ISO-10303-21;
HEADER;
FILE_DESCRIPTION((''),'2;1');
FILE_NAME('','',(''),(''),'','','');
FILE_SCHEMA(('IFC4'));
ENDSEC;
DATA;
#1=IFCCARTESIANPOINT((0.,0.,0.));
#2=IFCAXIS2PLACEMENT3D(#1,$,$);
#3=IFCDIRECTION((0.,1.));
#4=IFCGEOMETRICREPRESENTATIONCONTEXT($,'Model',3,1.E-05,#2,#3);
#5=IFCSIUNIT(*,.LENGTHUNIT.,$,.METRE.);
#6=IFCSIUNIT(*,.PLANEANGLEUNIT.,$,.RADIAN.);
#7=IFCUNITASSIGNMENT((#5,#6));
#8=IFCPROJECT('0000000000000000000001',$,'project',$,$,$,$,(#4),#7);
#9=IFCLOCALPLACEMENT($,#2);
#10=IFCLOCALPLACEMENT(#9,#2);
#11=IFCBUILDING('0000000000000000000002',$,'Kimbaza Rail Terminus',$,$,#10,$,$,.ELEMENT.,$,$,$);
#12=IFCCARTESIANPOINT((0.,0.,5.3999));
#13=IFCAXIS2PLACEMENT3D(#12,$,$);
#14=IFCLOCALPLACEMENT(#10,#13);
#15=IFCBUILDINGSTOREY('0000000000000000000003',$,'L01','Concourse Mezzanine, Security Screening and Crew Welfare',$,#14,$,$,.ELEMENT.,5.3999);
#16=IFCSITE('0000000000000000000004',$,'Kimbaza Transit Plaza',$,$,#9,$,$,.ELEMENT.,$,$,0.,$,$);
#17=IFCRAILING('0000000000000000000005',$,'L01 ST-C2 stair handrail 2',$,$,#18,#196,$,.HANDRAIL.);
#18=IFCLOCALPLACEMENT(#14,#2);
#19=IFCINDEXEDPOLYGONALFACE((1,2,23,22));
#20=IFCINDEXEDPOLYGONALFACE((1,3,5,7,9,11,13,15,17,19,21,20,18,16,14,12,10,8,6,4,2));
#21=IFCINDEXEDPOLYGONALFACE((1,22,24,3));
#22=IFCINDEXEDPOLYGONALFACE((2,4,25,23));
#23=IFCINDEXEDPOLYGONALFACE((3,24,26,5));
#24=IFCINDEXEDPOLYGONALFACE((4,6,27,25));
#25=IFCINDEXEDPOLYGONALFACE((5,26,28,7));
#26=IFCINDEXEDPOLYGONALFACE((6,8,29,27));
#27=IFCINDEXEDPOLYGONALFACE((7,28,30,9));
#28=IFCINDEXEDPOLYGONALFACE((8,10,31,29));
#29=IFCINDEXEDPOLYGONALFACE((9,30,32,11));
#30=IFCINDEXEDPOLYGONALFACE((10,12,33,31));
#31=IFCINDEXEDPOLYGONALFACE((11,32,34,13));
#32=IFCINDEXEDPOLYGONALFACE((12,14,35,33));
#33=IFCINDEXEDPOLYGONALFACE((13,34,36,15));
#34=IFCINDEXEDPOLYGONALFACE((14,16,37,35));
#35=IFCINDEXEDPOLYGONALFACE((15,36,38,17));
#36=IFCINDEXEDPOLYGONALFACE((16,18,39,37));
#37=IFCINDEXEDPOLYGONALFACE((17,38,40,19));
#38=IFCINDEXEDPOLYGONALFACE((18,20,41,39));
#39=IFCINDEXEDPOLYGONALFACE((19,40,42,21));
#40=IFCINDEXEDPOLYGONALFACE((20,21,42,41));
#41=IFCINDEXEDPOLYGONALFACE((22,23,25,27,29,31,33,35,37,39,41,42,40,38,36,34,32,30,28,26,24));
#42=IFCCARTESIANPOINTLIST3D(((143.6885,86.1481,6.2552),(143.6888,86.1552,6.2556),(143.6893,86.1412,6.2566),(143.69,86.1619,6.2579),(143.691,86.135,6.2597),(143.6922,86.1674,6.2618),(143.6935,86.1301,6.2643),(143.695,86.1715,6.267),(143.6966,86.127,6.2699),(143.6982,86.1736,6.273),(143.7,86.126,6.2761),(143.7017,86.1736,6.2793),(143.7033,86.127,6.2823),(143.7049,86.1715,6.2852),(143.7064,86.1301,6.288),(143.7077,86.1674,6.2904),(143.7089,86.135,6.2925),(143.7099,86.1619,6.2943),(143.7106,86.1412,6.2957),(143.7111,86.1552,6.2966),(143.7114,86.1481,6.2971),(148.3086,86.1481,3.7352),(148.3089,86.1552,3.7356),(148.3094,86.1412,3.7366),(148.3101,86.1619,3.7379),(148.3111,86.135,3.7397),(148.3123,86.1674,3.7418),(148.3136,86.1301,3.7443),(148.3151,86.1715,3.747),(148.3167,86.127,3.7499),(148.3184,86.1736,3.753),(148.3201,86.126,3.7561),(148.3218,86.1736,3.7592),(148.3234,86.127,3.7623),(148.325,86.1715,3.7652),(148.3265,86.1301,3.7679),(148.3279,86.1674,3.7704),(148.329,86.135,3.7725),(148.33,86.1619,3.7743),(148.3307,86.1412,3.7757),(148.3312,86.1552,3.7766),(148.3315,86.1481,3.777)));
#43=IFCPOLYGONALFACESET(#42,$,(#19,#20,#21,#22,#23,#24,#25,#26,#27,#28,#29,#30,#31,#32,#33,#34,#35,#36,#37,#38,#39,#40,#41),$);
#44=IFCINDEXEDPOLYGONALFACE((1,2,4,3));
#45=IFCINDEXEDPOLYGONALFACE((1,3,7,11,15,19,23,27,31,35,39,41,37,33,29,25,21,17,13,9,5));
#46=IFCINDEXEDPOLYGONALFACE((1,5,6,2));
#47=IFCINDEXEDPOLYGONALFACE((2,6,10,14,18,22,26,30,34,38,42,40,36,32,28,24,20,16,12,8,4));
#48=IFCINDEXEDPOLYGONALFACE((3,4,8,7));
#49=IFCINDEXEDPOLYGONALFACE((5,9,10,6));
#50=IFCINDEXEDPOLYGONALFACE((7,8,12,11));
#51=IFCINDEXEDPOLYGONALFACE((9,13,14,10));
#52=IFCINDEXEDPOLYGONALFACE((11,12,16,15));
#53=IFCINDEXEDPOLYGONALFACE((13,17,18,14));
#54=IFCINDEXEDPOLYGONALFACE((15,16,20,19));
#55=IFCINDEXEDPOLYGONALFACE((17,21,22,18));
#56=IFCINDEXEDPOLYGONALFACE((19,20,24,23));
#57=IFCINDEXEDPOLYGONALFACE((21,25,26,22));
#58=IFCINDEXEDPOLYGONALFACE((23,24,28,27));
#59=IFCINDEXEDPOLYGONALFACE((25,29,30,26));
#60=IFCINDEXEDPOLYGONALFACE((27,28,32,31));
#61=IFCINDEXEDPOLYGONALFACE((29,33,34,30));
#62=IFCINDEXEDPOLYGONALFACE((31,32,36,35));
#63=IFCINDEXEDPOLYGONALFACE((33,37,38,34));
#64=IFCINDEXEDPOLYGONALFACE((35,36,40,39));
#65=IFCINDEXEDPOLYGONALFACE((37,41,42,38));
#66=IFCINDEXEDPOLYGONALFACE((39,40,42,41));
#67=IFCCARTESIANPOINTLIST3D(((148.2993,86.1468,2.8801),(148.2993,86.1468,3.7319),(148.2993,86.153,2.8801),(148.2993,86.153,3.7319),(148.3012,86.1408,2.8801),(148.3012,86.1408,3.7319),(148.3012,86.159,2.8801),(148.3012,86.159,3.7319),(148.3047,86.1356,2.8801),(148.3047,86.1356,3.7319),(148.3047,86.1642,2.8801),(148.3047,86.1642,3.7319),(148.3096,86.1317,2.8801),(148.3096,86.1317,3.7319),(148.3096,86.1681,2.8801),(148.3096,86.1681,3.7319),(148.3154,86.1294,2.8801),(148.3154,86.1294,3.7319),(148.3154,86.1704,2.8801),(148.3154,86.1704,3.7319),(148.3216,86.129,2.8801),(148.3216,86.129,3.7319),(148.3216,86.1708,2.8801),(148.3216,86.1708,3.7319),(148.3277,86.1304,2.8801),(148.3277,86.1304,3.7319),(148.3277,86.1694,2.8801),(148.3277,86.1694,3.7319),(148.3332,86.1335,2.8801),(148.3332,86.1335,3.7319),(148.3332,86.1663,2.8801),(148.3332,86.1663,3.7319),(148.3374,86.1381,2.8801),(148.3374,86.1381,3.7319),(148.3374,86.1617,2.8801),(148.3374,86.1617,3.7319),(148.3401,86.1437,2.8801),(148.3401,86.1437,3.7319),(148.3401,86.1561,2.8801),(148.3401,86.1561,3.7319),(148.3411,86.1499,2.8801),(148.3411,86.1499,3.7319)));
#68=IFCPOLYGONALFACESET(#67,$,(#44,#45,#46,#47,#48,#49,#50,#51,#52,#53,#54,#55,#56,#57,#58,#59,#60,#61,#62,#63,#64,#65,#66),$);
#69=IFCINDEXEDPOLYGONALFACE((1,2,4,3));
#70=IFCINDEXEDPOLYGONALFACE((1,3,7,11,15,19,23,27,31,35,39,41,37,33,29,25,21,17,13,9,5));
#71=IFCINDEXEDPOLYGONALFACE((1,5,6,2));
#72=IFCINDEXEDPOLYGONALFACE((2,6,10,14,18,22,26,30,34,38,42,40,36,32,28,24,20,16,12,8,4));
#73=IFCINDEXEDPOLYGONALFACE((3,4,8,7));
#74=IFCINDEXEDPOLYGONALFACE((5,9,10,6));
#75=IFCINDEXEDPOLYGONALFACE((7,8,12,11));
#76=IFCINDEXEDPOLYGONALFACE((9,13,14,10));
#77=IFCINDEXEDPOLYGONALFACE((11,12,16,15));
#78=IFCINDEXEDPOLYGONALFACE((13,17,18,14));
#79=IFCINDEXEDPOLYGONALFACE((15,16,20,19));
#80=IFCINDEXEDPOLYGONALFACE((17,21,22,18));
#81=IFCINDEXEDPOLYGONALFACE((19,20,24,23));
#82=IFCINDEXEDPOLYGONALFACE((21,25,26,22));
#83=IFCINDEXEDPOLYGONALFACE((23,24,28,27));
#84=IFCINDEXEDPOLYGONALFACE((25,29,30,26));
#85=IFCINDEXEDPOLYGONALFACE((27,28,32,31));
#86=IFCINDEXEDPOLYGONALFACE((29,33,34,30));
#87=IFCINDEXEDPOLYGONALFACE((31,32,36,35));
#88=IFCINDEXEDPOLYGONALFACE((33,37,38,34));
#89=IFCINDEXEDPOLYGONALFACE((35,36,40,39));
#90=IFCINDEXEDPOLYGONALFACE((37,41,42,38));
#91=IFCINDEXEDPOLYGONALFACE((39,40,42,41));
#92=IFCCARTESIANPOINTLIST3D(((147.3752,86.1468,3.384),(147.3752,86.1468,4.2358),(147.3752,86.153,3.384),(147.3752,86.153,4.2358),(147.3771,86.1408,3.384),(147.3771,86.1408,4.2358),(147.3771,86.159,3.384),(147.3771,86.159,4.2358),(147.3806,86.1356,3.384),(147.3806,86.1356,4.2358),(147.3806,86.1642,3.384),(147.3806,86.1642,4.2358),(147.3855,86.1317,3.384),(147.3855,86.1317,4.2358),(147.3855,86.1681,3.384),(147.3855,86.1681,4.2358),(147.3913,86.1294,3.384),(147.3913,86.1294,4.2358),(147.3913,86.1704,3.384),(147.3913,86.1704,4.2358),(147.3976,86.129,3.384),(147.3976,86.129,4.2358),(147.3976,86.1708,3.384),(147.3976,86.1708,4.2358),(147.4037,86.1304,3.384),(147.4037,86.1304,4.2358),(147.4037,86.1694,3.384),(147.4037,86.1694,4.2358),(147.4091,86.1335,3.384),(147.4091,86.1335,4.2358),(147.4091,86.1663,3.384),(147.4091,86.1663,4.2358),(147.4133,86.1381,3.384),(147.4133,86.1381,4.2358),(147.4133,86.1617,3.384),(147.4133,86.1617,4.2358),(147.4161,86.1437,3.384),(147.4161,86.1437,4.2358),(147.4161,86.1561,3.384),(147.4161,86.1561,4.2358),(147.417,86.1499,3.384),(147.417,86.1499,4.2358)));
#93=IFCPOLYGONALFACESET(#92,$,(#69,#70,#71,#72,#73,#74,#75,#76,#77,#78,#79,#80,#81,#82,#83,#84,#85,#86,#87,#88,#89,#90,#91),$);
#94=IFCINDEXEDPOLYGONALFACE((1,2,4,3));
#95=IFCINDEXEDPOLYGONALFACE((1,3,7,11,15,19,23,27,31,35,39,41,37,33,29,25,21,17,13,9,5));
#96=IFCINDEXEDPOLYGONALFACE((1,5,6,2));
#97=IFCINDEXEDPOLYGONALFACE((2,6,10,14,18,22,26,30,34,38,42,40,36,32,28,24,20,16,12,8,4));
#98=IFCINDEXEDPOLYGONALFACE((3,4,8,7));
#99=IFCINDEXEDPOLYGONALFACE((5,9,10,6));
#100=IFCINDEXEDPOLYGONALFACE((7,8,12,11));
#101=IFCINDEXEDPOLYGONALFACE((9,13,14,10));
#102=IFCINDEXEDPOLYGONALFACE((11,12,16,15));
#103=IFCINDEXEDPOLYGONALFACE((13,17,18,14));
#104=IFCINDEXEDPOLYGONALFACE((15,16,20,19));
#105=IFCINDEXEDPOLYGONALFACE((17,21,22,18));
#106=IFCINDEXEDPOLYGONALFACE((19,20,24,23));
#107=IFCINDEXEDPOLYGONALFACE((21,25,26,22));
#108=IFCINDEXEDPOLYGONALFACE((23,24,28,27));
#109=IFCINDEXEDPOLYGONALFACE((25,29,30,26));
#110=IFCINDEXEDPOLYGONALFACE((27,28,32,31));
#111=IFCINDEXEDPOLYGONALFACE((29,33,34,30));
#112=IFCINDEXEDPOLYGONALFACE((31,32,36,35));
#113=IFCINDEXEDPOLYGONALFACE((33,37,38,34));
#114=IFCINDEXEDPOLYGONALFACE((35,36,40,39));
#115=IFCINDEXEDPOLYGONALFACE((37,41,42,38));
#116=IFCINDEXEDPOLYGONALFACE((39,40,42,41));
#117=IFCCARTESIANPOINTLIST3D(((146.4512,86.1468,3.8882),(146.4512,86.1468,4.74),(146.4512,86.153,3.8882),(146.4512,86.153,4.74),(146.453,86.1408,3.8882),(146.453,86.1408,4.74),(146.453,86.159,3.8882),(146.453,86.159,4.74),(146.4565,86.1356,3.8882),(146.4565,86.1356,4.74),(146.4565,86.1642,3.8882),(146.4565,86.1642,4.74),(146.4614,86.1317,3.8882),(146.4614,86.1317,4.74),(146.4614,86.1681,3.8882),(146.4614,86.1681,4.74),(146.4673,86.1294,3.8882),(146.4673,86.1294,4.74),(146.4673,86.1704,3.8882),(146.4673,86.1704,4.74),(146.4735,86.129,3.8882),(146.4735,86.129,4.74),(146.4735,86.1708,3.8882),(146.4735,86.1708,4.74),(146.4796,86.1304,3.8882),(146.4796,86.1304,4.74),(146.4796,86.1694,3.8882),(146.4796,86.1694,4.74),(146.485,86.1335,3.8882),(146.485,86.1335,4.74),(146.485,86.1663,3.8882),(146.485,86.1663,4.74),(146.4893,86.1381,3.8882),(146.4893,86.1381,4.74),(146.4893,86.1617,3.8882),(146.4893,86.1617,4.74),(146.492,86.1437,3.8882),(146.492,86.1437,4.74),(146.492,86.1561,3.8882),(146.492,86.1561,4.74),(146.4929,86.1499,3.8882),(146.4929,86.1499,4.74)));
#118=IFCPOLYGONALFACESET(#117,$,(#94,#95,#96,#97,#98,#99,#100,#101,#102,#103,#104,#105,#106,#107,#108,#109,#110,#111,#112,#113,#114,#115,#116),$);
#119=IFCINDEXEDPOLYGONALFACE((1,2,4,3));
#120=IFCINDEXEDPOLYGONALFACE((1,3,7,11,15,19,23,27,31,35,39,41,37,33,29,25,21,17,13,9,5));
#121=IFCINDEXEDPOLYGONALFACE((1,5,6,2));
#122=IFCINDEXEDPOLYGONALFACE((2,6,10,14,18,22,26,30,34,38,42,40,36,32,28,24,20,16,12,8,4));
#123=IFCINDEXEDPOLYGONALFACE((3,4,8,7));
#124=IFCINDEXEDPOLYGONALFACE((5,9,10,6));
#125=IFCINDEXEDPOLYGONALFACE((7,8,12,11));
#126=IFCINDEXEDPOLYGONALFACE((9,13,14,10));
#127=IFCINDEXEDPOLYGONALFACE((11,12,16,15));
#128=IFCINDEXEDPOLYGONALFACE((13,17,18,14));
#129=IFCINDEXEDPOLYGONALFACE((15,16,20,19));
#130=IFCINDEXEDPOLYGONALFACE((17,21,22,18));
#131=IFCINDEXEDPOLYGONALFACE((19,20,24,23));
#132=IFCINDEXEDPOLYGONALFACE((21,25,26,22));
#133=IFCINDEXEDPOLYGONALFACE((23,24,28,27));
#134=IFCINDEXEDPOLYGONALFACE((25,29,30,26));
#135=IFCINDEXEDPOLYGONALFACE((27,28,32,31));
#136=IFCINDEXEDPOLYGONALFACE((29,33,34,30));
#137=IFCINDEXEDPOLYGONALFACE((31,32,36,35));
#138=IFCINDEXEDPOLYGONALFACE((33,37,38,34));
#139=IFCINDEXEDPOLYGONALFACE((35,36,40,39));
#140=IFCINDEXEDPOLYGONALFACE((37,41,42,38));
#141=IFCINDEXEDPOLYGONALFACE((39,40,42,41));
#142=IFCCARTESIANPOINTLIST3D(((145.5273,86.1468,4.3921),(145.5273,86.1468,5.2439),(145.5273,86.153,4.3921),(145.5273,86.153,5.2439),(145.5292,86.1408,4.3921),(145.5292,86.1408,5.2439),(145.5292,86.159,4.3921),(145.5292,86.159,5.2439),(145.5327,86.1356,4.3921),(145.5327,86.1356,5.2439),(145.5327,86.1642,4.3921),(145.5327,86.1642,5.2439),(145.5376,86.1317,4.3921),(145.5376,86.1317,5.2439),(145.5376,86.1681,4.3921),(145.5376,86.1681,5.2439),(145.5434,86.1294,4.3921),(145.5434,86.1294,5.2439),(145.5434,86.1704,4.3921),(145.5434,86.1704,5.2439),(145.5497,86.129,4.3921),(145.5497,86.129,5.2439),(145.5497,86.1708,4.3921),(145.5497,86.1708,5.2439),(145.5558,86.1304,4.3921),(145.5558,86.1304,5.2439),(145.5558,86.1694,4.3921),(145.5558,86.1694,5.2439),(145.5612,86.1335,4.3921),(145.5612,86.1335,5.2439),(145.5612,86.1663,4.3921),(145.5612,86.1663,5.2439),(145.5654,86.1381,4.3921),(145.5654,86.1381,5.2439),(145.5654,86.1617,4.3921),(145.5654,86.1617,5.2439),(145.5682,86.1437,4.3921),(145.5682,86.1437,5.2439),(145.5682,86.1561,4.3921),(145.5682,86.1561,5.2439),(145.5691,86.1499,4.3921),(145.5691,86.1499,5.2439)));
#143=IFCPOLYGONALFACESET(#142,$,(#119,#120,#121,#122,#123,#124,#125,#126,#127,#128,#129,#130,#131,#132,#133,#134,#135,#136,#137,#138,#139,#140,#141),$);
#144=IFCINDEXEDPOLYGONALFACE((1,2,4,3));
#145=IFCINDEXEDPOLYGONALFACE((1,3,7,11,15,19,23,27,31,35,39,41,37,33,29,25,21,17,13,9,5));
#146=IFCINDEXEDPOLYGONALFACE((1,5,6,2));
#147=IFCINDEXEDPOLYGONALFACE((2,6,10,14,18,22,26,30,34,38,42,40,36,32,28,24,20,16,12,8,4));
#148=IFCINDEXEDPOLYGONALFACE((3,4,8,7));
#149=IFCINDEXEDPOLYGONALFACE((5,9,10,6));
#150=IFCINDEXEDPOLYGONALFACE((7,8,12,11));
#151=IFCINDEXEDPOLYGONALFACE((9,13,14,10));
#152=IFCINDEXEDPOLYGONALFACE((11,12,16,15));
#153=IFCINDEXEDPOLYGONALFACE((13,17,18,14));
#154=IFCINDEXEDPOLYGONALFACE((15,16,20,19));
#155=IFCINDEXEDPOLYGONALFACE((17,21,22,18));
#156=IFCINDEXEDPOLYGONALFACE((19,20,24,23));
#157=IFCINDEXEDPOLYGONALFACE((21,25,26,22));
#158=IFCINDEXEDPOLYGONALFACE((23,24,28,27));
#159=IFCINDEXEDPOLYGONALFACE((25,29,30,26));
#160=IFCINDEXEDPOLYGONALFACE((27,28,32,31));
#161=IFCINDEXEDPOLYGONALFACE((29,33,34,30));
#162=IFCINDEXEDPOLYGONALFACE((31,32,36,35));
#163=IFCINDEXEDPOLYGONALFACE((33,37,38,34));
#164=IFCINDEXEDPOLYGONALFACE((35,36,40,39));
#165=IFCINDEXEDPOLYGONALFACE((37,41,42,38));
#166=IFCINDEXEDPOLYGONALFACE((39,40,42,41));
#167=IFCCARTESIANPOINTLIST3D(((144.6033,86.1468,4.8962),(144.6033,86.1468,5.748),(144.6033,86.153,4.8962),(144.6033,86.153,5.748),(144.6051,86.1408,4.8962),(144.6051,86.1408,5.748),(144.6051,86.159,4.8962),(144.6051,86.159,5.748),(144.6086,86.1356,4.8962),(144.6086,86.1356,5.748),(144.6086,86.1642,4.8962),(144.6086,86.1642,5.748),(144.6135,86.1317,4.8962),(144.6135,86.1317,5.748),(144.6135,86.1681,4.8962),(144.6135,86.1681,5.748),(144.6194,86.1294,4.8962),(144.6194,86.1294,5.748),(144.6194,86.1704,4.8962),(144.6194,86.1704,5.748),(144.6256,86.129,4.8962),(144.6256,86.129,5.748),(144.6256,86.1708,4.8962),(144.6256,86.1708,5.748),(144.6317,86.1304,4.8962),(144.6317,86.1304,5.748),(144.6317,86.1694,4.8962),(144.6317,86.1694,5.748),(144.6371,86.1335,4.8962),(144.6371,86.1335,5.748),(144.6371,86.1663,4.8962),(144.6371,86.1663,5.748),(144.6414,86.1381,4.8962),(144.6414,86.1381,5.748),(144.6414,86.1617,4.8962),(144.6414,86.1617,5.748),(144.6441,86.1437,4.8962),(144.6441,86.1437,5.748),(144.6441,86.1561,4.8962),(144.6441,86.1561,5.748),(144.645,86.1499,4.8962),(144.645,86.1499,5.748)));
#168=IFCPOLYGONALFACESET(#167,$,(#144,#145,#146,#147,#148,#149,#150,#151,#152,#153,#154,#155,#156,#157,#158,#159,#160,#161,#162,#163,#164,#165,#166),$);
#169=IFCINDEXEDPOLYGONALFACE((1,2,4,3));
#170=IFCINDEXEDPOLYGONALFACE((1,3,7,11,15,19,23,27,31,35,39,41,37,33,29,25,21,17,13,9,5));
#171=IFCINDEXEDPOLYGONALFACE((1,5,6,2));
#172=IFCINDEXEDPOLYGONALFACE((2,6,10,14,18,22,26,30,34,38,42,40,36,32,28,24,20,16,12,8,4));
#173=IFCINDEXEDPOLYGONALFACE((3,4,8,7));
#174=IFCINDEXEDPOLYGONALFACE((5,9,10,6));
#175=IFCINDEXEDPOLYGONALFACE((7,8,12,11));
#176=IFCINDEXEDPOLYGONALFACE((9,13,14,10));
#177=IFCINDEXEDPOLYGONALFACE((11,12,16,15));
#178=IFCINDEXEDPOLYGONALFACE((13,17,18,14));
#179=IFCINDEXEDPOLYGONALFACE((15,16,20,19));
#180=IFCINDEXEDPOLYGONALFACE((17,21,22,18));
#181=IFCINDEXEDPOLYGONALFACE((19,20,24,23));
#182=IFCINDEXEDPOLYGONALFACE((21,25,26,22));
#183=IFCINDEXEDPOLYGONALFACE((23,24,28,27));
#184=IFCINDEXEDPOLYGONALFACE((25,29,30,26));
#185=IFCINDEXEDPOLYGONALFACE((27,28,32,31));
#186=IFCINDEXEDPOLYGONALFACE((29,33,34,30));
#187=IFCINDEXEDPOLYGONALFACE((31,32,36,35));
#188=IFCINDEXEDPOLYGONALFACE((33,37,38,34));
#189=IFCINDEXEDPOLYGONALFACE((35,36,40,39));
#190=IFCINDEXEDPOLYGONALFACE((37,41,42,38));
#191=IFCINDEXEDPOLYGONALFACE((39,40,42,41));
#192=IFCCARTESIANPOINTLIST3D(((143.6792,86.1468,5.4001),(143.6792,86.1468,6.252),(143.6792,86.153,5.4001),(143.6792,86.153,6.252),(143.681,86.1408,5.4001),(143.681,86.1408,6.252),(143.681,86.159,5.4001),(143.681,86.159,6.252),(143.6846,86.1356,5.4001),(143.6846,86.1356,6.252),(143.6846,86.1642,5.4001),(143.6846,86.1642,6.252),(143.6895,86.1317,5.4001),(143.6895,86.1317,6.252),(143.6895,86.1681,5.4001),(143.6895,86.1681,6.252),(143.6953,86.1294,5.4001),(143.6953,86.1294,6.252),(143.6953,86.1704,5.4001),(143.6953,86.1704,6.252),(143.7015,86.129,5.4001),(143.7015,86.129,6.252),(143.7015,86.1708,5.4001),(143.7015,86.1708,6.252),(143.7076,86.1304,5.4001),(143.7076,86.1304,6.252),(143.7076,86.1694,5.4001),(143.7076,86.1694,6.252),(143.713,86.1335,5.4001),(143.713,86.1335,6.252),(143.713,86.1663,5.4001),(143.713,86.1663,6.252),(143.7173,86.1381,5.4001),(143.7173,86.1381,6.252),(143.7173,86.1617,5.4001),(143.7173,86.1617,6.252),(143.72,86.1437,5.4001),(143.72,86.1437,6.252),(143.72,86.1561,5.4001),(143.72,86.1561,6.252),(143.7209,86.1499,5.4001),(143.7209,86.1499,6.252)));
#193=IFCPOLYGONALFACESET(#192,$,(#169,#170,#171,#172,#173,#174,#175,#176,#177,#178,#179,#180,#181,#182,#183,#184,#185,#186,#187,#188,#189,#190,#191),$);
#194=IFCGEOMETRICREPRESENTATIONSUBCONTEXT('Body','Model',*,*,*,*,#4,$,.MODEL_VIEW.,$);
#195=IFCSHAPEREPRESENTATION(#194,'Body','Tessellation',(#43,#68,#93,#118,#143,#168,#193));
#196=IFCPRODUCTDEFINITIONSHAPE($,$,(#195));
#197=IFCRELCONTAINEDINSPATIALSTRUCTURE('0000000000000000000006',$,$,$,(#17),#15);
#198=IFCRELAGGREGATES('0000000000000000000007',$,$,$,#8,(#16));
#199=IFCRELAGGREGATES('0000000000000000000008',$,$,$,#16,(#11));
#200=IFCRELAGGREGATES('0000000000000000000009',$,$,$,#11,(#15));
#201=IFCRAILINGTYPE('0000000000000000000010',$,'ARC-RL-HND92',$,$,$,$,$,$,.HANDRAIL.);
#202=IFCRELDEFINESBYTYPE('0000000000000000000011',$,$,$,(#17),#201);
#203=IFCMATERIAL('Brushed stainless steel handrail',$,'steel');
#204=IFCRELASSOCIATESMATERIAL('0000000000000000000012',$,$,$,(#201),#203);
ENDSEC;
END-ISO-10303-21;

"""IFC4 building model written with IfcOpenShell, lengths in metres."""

from ifc_helpers import new_model, si_unit, direction, frame, origin, origin_2d, place, context, subcontext, project, spatial, circle, extrude, material, type_object, element, save


model = new_model("IFC4")

# Units and contexts
model_context = context("Model", 3, precision=1e-05, world=origin(), true_north=direction((0.0, 1.0)))
body_context = subcontext(model_context, "Body", "Model", "MODEL_VIEW")
ifc_project = project(units=[si_unit("LENGTHUNIT", "METRE"), si_unit("PLANEANGLEUNIT", "RADIAN")], contexts=[model_context])

# Site, building, storey
site_placement = place(None, origin())
site = spatial("IfcSite", under=ifc_project, at=site_placement, Name="Kimbaza Transit Plaza", CompositionType="ELEMENT", RefElevation=0.0)
building_placement = place(site_placement, origin())
building = spatial("IfcBuilding", under=site, at=building_placement, Name="Kimbaza Rail Terminus", CompositionType="ELEMENT")
storey_placement = place(building_placement, frame((0.0, 0.0, 5.3999)))
storey = spatial("IfcBuildingStorey", under=building, at=storey_placement, Name="L01", Description="Concourse Mezzanine, Security Screening and Crew Welfare", CompositionType="ELEMENT", Elevation=5.3999)

# Railing
ifc_material_1 = material(Name="Brushed stainless steel handrail", Category="steel")
railing_type_1 = type_object("IfcRailingType", Name="ARC-RL-HND92", PredefinedType="HANDRAIL", material=ifc_material_1)
railing_1_placement = place(storey_placement, frame((148.3201, 86.1499, 2.8801)))
element("IfcRailing", 1, at=railing_1_placement, inside=storey, type_object=railing_type_1, Name="L01 ST-C2 stair handrail 2", PredefinedType="HANDRAIL", context=body_context, shape_type="SweptSolid", body=[
    extrude(circle(Radius=0.0239, at=origin_2d()), frame((0.0, 0.0, 0.876), z_axis=(-0.877899, 0.0, 0.478846), x_axis=(0.0, -1.0, 0.0)), (0.0, 0.0, 1.0), 5.2627),
    extrude(circle(Radius=0.021, at=origin_2d()), origin(), (0.0, 0.0, 1.0), 0.8518),
    extrude(circle(Radius=0.021, at=origin_2d()), frame((-0.9241, 0.0, 0.5039)), (0.0, 0.0, 1.0), 0.8518),
    extrude(circle(Radius=0.021, at=origin_2d()), frame((-1.8481, 0.0, 1.0081)), (0.0, 0.0, 1.0), 0.8518),
    extrude(circle(Radius=0.021, at=origin_2d()), frame((-2.772, 0.0, 1.512)), (0.0, 0.0, 1.0), 0.8518),
    extrude(circle(Radius=0.021, at=origin_2d()), frame((-3.696, 0.0, 2.0161)), (0.0, 0.0, 1.0), 0.8518),
    extrude(circle(Radius=0.021, at=origin_2d()), frame((-4.6201, 0.0, 2.52)), (0.0, 0.0, 1.0), 0.8518),
])

save(model, "model.ifc")
